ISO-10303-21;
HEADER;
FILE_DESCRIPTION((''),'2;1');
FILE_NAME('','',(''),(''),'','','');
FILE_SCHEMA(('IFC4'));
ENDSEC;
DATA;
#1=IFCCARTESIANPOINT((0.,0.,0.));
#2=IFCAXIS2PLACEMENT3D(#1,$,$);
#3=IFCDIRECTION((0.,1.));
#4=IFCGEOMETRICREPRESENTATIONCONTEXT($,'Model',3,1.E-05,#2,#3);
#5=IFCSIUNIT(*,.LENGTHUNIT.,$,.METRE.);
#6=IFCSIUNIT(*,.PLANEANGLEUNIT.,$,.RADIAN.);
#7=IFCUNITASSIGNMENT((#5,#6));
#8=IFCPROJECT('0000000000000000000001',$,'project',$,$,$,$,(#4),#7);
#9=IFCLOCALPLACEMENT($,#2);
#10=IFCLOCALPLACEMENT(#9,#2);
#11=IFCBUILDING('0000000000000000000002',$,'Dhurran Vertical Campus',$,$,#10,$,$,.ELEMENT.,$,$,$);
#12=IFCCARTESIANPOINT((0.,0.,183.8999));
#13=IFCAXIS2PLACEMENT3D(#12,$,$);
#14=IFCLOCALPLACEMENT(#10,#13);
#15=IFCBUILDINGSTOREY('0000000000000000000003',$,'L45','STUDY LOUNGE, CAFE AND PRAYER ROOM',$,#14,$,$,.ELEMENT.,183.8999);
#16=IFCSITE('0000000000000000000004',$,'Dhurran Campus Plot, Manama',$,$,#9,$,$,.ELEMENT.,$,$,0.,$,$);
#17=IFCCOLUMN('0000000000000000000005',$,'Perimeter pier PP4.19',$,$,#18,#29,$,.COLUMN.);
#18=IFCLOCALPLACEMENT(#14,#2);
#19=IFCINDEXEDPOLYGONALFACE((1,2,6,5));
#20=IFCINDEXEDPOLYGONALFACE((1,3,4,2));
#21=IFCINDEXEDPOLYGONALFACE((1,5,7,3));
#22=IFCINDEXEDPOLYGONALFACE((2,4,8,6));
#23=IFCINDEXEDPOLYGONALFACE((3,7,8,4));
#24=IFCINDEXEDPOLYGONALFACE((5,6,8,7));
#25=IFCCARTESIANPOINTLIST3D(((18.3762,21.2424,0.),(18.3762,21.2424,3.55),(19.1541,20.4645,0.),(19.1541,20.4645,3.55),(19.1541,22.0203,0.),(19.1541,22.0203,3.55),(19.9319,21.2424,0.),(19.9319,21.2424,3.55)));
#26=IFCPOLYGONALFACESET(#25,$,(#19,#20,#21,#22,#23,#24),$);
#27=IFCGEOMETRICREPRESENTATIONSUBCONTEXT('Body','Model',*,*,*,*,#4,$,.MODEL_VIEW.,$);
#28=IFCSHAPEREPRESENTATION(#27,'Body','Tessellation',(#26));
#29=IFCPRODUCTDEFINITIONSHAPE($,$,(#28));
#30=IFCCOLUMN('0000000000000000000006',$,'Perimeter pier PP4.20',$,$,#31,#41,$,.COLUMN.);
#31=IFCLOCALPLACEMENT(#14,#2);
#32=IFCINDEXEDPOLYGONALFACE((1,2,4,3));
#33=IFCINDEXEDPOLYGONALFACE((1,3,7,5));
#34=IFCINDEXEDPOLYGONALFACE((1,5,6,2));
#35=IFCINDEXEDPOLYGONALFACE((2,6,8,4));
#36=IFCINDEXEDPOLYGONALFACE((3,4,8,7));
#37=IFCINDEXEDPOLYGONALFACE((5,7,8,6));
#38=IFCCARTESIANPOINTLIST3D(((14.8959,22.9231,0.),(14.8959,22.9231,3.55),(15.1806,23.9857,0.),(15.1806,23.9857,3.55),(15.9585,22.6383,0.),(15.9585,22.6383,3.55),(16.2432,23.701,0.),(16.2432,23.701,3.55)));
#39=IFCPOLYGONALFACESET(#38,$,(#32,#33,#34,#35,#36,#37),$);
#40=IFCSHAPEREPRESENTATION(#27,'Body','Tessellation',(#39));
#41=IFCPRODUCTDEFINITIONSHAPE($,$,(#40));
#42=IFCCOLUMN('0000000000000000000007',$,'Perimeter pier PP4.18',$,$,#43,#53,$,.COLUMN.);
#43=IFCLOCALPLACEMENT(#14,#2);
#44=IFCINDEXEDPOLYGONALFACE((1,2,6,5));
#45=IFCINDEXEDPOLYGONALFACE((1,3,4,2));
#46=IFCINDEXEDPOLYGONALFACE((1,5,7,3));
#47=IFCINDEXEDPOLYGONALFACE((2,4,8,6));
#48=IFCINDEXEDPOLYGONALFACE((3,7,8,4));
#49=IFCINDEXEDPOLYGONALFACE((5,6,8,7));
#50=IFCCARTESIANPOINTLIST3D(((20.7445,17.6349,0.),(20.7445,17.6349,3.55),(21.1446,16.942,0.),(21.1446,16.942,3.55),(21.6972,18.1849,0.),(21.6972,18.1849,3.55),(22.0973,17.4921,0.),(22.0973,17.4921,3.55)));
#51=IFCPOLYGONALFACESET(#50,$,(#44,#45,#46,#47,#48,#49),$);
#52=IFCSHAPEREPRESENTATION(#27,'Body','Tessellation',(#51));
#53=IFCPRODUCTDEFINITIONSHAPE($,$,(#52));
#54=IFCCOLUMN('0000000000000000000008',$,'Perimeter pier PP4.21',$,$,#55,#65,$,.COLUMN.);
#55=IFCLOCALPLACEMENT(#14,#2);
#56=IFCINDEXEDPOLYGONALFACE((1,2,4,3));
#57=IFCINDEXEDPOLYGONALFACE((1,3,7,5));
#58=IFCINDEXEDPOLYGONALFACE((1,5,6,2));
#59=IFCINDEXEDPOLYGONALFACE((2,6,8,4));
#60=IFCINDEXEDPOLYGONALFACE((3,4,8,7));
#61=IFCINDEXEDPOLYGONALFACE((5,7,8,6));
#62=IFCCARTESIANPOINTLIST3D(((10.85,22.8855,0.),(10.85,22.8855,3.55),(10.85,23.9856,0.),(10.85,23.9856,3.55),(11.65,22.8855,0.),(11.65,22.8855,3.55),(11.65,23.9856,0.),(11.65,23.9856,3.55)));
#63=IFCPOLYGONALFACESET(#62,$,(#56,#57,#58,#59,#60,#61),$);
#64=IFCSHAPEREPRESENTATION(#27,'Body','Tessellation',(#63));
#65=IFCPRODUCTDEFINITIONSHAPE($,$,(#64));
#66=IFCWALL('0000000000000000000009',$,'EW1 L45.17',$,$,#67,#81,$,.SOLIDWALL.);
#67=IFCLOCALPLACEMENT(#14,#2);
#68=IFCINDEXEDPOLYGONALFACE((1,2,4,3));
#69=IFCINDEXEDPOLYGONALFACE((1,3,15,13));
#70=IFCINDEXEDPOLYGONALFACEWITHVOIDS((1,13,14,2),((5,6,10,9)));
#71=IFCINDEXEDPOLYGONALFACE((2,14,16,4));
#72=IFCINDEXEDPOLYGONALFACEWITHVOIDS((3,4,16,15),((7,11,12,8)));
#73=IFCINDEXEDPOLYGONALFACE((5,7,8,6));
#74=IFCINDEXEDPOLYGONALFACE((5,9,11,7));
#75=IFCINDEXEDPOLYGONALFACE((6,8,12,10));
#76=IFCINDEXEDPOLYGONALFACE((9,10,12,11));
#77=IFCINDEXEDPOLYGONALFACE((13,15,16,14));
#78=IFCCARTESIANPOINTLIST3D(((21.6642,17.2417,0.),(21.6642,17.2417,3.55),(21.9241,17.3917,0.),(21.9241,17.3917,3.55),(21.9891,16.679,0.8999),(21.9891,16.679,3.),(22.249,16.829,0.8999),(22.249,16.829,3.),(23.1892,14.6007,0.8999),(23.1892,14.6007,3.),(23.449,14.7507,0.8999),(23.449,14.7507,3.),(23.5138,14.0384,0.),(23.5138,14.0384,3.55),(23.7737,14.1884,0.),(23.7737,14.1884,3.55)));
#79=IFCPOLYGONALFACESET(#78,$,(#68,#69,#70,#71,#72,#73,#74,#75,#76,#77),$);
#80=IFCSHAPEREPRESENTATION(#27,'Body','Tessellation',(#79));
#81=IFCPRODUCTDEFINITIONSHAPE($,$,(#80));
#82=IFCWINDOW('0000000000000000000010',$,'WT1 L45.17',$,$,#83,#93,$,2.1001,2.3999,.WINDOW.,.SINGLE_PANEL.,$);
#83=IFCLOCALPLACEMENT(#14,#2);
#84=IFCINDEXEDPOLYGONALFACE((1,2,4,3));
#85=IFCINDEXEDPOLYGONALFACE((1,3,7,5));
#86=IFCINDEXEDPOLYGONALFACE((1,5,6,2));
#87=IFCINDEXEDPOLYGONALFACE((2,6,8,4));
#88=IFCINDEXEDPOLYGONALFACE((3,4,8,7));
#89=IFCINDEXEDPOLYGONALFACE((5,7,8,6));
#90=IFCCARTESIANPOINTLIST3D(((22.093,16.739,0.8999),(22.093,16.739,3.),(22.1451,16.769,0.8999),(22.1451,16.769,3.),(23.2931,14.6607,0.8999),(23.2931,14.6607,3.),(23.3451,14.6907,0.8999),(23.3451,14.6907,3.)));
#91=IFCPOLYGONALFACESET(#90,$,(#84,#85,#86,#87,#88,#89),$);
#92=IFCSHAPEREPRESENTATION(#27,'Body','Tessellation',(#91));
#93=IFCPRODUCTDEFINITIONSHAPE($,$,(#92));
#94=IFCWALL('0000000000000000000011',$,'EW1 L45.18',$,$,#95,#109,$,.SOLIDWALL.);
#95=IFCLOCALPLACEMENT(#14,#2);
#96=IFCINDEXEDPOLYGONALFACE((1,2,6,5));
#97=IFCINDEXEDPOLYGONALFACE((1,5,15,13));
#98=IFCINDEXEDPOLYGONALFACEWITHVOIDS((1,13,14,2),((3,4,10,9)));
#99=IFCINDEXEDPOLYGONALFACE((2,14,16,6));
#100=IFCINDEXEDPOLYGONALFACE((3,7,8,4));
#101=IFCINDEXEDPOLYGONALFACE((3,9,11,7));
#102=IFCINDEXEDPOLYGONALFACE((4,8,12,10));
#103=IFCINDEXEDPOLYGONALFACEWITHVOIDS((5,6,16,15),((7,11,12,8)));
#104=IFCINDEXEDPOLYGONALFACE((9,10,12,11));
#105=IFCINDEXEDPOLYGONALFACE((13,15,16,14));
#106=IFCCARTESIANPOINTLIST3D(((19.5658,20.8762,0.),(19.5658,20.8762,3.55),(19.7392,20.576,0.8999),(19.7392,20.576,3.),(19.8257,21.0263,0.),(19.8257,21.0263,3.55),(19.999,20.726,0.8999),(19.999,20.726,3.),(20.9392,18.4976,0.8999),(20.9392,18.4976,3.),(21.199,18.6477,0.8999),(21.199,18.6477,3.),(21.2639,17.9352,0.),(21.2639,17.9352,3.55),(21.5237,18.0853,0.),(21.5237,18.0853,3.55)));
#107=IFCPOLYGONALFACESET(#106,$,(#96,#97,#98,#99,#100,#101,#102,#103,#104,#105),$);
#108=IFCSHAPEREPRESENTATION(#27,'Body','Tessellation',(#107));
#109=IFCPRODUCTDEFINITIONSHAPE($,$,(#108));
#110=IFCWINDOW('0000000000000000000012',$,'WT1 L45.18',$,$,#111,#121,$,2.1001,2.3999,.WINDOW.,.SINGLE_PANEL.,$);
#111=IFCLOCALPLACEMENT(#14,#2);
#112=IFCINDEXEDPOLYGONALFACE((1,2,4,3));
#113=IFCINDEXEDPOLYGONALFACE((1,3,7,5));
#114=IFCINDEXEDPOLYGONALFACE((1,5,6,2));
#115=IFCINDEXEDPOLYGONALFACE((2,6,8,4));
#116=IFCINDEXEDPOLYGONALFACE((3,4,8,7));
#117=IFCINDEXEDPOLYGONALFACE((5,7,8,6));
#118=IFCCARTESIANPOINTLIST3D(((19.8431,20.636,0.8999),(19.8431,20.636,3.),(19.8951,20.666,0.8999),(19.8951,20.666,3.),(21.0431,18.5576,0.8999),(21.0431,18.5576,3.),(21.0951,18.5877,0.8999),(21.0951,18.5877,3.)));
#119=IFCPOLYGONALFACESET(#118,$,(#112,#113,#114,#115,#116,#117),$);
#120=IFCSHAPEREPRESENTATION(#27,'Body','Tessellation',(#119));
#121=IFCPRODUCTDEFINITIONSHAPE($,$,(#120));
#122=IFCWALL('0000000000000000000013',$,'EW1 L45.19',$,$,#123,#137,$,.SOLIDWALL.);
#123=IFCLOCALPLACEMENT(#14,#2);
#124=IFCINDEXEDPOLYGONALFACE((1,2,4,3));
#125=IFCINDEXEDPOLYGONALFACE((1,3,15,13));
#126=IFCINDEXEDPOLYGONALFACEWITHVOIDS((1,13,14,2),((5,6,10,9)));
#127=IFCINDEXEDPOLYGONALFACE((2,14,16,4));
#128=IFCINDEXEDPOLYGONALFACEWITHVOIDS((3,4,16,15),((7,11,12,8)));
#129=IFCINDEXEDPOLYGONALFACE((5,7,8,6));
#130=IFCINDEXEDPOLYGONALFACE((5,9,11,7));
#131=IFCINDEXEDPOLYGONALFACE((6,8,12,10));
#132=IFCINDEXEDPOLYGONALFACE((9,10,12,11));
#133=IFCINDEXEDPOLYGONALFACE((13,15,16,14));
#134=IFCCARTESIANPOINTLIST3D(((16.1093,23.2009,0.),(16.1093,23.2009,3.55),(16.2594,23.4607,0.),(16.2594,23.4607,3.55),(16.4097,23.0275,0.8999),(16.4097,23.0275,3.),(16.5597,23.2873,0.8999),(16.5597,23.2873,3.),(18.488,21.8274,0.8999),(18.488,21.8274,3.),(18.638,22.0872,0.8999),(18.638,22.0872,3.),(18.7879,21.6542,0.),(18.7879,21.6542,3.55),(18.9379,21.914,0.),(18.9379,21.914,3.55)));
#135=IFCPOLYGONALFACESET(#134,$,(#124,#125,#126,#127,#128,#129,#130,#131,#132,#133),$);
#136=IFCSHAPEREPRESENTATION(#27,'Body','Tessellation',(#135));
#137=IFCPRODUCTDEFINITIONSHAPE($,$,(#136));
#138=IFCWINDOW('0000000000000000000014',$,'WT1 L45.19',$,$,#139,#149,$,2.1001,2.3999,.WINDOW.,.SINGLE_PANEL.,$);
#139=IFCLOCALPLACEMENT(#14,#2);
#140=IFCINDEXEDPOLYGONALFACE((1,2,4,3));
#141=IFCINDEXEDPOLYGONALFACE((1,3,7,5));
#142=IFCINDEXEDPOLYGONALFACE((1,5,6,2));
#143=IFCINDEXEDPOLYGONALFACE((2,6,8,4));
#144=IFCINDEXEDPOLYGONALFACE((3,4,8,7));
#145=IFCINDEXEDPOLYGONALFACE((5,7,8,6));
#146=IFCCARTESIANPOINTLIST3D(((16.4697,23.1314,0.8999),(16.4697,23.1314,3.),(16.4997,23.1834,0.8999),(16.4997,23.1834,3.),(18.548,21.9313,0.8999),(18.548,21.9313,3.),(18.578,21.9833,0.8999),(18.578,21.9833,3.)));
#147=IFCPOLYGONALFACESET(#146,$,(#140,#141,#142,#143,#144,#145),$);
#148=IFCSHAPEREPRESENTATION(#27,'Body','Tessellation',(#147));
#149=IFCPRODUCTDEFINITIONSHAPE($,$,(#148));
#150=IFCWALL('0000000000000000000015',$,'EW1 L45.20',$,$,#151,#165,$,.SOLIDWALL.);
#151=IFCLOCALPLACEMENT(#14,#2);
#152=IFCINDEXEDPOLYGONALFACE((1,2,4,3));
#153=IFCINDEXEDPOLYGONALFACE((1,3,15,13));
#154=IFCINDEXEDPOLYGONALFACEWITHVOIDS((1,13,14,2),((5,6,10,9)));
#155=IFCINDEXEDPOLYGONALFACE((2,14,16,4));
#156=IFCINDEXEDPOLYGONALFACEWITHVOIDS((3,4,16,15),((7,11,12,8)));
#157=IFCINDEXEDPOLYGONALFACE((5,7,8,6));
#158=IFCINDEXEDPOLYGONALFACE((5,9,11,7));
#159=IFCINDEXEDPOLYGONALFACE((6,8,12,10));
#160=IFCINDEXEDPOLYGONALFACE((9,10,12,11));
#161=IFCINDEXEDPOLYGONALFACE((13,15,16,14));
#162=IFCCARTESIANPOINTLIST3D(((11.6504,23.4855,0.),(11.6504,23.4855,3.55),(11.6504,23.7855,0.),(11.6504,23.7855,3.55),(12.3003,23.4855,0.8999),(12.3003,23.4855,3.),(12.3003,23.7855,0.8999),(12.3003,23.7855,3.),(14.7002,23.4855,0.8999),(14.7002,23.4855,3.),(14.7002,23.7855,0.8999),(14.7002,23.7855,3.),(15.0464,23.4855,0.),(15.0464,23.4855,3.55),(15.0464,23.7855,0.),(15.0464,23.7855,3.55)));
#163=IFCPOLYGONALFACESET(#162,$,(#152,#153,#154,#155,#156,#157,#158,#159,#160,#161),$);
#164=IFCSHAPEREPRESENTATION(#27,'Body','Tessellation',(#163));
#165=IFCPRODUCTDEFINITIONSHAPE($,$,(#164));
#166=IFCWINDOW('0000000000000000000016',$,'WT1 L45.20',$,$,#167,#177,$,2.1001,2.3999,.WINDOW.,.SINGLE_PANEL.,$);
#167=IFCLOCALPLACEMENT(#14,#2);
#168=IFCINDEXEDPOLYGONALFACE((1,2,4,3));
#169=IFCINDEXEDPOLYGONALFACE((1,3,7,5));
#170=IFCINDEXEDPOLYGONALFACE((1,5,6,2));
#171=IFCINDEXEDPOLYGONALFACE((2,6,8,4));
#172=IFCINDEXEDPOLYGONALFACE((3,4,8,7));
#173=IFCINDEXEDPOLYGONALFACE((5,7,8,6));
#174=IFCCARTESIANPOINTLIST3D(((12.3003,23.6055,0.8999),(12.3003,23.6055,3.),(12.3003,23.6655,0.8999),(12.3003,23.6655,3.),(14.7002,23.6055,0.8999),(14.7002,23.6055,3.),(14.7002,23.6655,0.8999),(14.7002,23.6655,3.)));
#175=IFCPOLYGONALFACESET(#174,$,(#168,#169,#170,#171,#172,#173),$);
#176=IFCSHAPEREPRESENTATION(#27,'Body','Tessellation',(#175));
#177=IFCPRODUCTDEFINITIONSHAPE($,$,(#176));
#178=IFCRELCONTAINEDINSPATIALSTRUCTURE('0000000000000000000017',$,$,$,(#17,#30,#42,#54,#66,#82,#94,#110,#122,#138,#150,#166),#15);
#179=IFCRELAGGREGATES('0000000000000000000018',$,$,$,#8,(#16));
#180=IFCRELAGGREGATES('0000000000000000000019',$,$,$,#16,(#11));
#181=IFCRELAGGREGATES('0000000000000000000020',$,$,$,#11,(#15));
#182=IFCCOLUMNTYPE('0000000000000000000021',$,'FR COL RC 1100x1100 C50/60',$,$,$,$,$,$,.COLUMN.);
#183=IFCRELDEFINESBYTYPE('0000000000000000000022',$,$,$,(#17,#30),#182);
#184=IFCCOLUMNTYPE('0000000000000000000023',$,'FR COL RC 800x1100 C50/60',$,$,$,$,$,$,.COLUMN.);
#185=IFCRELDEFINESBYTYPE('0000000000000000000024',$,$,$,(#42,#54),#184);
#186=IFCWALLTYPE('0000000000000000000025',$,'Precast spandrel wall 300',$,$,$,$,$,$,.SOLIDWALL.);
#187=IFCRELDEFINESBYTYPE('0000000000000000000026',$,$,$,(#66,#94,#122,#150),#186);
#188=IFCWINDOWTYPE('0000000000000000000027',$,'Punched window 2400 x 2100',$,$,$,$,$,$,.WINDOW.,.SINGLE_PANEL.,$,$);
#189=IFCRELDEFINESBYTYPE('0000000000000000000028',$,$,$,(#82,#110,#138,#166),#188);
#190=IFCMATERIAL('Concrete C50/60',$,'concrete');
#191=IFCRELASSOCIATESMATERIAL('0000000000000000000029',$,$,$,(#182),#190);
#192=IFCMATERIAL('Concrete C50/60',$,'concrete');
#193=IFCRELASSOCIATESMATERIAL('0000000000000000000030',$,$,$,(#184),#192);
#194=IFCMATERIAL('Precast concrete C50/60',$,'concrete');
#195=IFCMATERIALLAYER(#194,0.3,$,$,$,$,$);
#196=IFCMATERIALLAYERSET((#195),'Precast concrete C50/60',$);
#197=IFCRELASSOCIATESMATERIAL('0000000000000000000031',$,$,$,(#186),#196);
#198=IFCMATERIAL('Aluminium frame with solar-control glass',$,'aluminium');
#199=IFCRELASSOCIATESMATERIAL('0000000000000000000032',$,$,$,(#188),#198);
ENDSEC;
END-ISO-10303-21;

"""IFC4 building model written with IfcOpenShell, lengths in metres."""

from ifc_helpers import new_model, si_unit, direction, frame, frame_2d, origin, origin_2d, place, context, subcontext, project, spatial, rectangle, extrude, material, layer, layer_set, material_profile, profile_set, type_object, element, fill, save


model = new_model("IFC4")

# Units and contexts
model_context = context("Model", 3, precision=1e-05, world=origin(), true_north=direction((0.0, 1.0)))
body_context = subcontext(model_context, "Body", "Model", "MODEL_VIEW")
ifc_project = project(units=[si_unit("LENGTHUNIT", "METRE"), si_unit("PLANEANGLEUNIT", "RADIAN")], contexts=[model_context])

# Site, building, storey
site_placement = place(None, origin())
site = spatial("IfcSite", under=ifc_project, at=site_placement, Name="Dhurran Campus Plot, Manama", CompositionType="ELEMENT", RefElevation=0.0)
building_placement = place(site_placement, origin())
building = spatial("IfcBuilding", under=site, at=building_placement, Name="Dhurran Vertical Campus", CompositionType="ELEMENT")
storey_placement = place(building_placement, frame((0.0, 0.0, 183.8999)))
storey = spatial("IfcBuildingStorey", under=building, at=storey_placement, Name="L45", Description="STUDY LOUNGE, CAFE AND PRAYER ROOM", CompositionType="ELEMENT", Elevation=183.8999)

# Columns
ifc_material_1 = material(Name="Concrete C50/60", Category="concrete")
ifc_material_profile_1 = material_profile(ifc_material_1, rectangle(XDim=1.1001, YDim=1.1001, at=origin_2d()), Name="RC 1100x1100")
ifc_profile_set_1 = profile_set([ifc_material_profile_1], Name="Concrete C50/60")
column_type_1 = type_object("IfcColumnType", Name="FR COL RC 1100x1100 C50/60", PredefinedType="COLUMN", material=ifc_profile_set_1)
for number, where, z_axis, x_axis, name in (
    (1, (19.1541, 21.2424, 0.0), (0.0, 0.0, 1.0), (-0.707107, 0.707107, 0.0), "Perimeter pier PP4.19"),
    (2, (15.5696, 23.312, 0.0), (0.0, 0.0, 1.0), (-0.965926, 0.258819, 0.0), "Perimeter pier PP4.20"),
):
    element("IfcColumn", number, at=place(storey_placement, frame(where, z_axis=z_axis, x_axis=x_axis)), inside=storey, type_object=column_type_1, Name=name, PredefinedType="COLUMN", context=body_context, shape_type="SweptSolid", body=[
        extrude(rectangle(XDim=1.1001, YDim=1.1001, at=origin_2d()), origin(), (0.0, 0.0, 1.0), 3.55),
    ])
ifc_material_2 = material(Name="Concrete C50/60", Category="concrete")
ifc_material_profile_2 = material_profile(ifc_material_2, rectangle(XDim=0.8, YDim=1.1001, at=origin_2d()), Name="RC 800x1100")
ifc_profile_set_2 = profile_set([ifc_material_profile_2], Name="Concrete C50/60")
column_type_2 = type_object("IfcColumnType", Name="FR COL RC 800x1100 C50/60", PredefinedType="COLUMN", material=ifc_profile_set_2)
for number, where, z_axis, x_axis, name in (
    (3, (21.4209, 17.5635, 0.0), (0.0, 0.0, 1.0), (-0.5, 0.866025, 0.0), "Perimeter pier PP4.18"),
    (4, (11.25, 23.4355, 0.0), (0.0, 0.0, 1.0), (-1.0, 0.0, 0.0), "Perimeter pier PP4.21"),
):
    element("IfcColumn", number, at=place(storey_placement, frame(where, z_axis=z_axis, x_axis=x_axis)), inside=storey, type_object=column_type_2, Name=name, PredefinedType="COLUMN", context=body_context, shape_type="SweptSolid", body=[
        extrude(rectangle(XDim=0.8, YDim=1.1001, at=origin_2d()), origin(), (0.0, 0.0, 1.0), 3.55),
    ])

# Walls, openings, windows
ifc_material_3 = material(Name="Precast concrete C50/60", Category="concrete")
ifc_layer_1 = layer(ifc_material_3, 0.3)
ifc_layer_set_1 = layer_set([ifc_layer_1], Name="Precast concrete C50/60")
wall_type_1 = type_object("IfcWallType", Name="Precast spandrel wall 300", PredefinedType="SOLIDWALL", material=ifc_layer_set_1)
wall_1_placement = place(storey_placement, frame((23.6438, 14.1133, 0.0), z_axis=(0.0, 0.0, 1.0), x_axis=(-0.500029, 0.866009, 0.0)))
wall_1 = element("IfcWall", 5, at=wall_1_placement, inside=storey, type_object=wall_type_1, Name="EW1 L45.17", PredefinedType="SOLIDWALL", context=body_context, shape_type="SweptSolid", body=[
    extrude(rectangle(XDim=3.699, YDim=0.3, at=frame_2d((1.8496, 0.0))), origin(), (0.0, 0.0, 1.0), 3.55),
])
opening_1_placement = place(wall_1_placement, frame((0.6494, 0.0, 0.8999)))
opening_1 = element("IfcOpeningElement", 6, at=opening_1_placement, cuts=wall_1, PredefinedType="OPENING", context=body_context, shape_type="SweptSolid", body=[
    extrude(rectangle(XDim=2.3999, YDim=2.1001, at=frame_2d((1.2, 1.05))), frame((0.0, 0.1599, 0.0), z_axis=(0.0, -1.0, 0.0), x_axis=(1.0, 0.0, 0.0)), (0.0, 0.0, 1.0), 0.3201),
])
ifc_material_4 = material(Name="Aluminium frame with solar-control glass", Category="aluminium")
window_type = type_object("IfcWindowType", Name="Punched window 2400 x 2100", PartitioningType="SINGLE_PANEL", PredefinedType="WINDOW", material=ifc_material_4)
window_1_placement = place(opening_1_placement, origin())
window_1 = element("IfcWindow", 7, at=window_1_placement, inside=storey, type_object=window_type, Name="WT1 L45.17", OverallHeight=2.1001, OverallWidth=2.3999, PartitioningType="SINGLE_PANEL", PredefinedType="WINDOW", context=body_context, shape_type="SweptSolid", body=[
    extrude(rectangle(XDim=2.3999, YDim=2.1001, at=frame_2d((1.2, 1.05))), frame((0.0, 0.03, 0.0), z_axis=(0.0, -1.0, 0.0), x_axis=(1.0, 0.0, 0.0)), (0.0, 0.0, 1.0), 0.0601),
])
fill(opening_1, window_1)
wall_2_placement = place(storey_placement, frame((21.3938, 18.0103, 0.0), z_axis=(0.0, 0.0, 1.0), x_axis=(-0.500013, 0.866018, 0.0)))
wall_2 = element("IfcWall", 8, at=wall_2_placement, inside=storey, type_object=wall_type_1, Name="EW1 L45.18", PredefinedType="SOLIDWALL", context=body_context, shape_type="SweptSolid", body=[
    extrude(rectangle(XDim=3.396, YDim=0.3, at=frame_2d((1.698, 0.0))), origin(), (0.0, 0.0, 1.0), 3.55),
])
opening_2_placement = place(wall_2_placement, frame((0.6494, 0.0, 0.8999)))
opening_2 = element("IfcOpeningElement", 9, at=opening_2_placement, cuts=wall_2, PredefinedType="OPENING", context=body_context, shape_type="SweptSolid", body=[
    extrude(rectangle(XDim=2.3999, YDim=2.1001, at=frame_2d((1.2, 1.05))), frame((0.0, 0.1599, 0.0), z_axis=(0.0, -1.0, 0.0), x_axis=(1.0, 0.0, 0.0)), (0.0, 0.0, 1.0), 0.3201),
])
window_2_placement = place(opening_2_placement, origin())
window_2 = element("IfcWindow", 10, at=window_2_placement, inside=storey, type_object=window_type, Name="WT1 L45.18", OverallHeight=2.1001, OverallWidth=2.3999, PartitioningType="SINGLE_PANEL", PredefinedType="WINDOW", context=body_context, shape_type="SweptSolid", body=[
    extrude(rectangle(XDim=2.3999, YDim=2.1001, at=frame_2d((1.2, 1.05))), frame((0.0, 0.03, 0.0), z_axis=(0.0, -1.0, 0.0), x_axis=(1.0, 0.0, 0.0)), (0.0, 0.0, 1.0), 0.0601),
])
fill(opening_2, window_2)
wall_3_placement = place(storey_placement, frame((18.8628, 21.7842, 0.0), z_axis=(0.0, 0.0, 1.0), x_axis=(-0.865995, 0.500053, 0.0)))
wall_3 = element("IfcWall", 11, at=wall_3_placement, inside=storey, type_object=wall_type_1, Name="EW1 L45.19", PredefinedType="SOLIDWALL", context=body_context, shape_type="SweptSolid", body=[
    extrude(rectangle(XDim=3.093, YDim=0.3, at=frame_2d((1.5464, 0.0))), origin(), (0.0, 0.0, 1.0), 3.55),
])
opening_3_placement = place(wall_3_placement, frame((0.3462, 0.0, 0.8999)))
opening_3 = element("IfcOpeningElement", 12, at=opening_3_placement, cuts=wall_3, PredefinedType="OPENING", context=body_context, shape_type="SweptSolid", body=[
    extrude(rectangle(XDim=2.3999, YDim=2.1001, at=frame_2d((1.2, 1.05))), frame((0.0, 0.1599, 0.0), z_axis=(0.0, -1.0, 0.0), x_axis=(1.0, 0.0, 0.0)), (0.0, 0.0, 1.0), 0.3201),
])
window_3_placement = place(opening_3_placement, origin())
window_3 = element("IfcWindow", 13, at=window_3_placement, inside=storey, type_object=window_type, Name="WT1 L45.19", OverallHeight=2.1001, OverallWidth=2.3999, PartitioningType="SINGLE_PANEL", PredefinedType="WINDOW", context=body_context, shape_type="SweptSolid", body=[
    extrude(rectangle(XDim=2.3999, YDim=2.1001, at=frame_2d((1.2, 1.05))), frame((0.0, 0.03, 0.0), z_axis=(0.0, -1.0, 0.0), x_axis=(1.0, 0.0, 0.0)), (0.0, 0.0, 1.0), 0.0601),
])
fill(opening_3, window_3)
wall_4_placement = place(storey_placement, frame((15.0464, 23.6355, 0.0), z_axis=(0.0, 0.0, 1.0), x_axis=(-1.0, 0.0, 0.0)))
wall_4 = element("IfcWall", 14, at=wall_4_placement, inside=storey, type_object=wall_type_1, Name="EW1 L45.20", PredefinedType="SOLIDWALL", context=body_context, shape_type="SweptSolid", body=[
    extrude(rectangle(XDim=3.396, YDim=0.3, at=frame_2d((1.698, 0.0))), origin(), (0.0, 0.0, 1.0), 3.55),
])
opening_4_placement = place(wall_4_placement, frame((0.3462, 0.0, 0.8999)))
opening_4 = element("IfcOpeningElement", 15, at=opening_4_placement, cuts=wall_4, PredefinedType="OPENING", context=body_context, shape_type="SweptSolid", body=[
    extrude(rectangle(XDim=2.3999, YDim=2.1001, at=frame_2d((1.2, 1.05))), frame((0.0, 0.1599, 0.0), z_axis=(0.0, -1.0, 0.0), x_axis=(1.0, 0.0, 0.0)), (0.0, 0.0, 1.0), 0.3201),
])
window_4_placement = place(opening_4_placement, origin())
window_4 = element("IfcWindow", 16, at=window_4_placement, inside=storey, type_object=window_type, Name="WT1 L45.20", OverallHeight=2.1001, OverallWidth=2.3999, PartitioningType="SINGLE_PANEL", PredefinedType="WINDOW", context=body_context, shape_type="SweptSolid", body=[
    extrude(rectangle(XDim=2.3999, YDim=2.1001, at=frame_2d((1.2, 1.05))), frame((0.0, 0.03, 0.0), z_axis=(0.0, -1.0, 0.0), x_axis=(1.0, 0.0, 0.0)), (0.0, 0.0, 1.0), 0.0601),
])
fill(opening_4, window_4)

save(model, "model.ifc")
